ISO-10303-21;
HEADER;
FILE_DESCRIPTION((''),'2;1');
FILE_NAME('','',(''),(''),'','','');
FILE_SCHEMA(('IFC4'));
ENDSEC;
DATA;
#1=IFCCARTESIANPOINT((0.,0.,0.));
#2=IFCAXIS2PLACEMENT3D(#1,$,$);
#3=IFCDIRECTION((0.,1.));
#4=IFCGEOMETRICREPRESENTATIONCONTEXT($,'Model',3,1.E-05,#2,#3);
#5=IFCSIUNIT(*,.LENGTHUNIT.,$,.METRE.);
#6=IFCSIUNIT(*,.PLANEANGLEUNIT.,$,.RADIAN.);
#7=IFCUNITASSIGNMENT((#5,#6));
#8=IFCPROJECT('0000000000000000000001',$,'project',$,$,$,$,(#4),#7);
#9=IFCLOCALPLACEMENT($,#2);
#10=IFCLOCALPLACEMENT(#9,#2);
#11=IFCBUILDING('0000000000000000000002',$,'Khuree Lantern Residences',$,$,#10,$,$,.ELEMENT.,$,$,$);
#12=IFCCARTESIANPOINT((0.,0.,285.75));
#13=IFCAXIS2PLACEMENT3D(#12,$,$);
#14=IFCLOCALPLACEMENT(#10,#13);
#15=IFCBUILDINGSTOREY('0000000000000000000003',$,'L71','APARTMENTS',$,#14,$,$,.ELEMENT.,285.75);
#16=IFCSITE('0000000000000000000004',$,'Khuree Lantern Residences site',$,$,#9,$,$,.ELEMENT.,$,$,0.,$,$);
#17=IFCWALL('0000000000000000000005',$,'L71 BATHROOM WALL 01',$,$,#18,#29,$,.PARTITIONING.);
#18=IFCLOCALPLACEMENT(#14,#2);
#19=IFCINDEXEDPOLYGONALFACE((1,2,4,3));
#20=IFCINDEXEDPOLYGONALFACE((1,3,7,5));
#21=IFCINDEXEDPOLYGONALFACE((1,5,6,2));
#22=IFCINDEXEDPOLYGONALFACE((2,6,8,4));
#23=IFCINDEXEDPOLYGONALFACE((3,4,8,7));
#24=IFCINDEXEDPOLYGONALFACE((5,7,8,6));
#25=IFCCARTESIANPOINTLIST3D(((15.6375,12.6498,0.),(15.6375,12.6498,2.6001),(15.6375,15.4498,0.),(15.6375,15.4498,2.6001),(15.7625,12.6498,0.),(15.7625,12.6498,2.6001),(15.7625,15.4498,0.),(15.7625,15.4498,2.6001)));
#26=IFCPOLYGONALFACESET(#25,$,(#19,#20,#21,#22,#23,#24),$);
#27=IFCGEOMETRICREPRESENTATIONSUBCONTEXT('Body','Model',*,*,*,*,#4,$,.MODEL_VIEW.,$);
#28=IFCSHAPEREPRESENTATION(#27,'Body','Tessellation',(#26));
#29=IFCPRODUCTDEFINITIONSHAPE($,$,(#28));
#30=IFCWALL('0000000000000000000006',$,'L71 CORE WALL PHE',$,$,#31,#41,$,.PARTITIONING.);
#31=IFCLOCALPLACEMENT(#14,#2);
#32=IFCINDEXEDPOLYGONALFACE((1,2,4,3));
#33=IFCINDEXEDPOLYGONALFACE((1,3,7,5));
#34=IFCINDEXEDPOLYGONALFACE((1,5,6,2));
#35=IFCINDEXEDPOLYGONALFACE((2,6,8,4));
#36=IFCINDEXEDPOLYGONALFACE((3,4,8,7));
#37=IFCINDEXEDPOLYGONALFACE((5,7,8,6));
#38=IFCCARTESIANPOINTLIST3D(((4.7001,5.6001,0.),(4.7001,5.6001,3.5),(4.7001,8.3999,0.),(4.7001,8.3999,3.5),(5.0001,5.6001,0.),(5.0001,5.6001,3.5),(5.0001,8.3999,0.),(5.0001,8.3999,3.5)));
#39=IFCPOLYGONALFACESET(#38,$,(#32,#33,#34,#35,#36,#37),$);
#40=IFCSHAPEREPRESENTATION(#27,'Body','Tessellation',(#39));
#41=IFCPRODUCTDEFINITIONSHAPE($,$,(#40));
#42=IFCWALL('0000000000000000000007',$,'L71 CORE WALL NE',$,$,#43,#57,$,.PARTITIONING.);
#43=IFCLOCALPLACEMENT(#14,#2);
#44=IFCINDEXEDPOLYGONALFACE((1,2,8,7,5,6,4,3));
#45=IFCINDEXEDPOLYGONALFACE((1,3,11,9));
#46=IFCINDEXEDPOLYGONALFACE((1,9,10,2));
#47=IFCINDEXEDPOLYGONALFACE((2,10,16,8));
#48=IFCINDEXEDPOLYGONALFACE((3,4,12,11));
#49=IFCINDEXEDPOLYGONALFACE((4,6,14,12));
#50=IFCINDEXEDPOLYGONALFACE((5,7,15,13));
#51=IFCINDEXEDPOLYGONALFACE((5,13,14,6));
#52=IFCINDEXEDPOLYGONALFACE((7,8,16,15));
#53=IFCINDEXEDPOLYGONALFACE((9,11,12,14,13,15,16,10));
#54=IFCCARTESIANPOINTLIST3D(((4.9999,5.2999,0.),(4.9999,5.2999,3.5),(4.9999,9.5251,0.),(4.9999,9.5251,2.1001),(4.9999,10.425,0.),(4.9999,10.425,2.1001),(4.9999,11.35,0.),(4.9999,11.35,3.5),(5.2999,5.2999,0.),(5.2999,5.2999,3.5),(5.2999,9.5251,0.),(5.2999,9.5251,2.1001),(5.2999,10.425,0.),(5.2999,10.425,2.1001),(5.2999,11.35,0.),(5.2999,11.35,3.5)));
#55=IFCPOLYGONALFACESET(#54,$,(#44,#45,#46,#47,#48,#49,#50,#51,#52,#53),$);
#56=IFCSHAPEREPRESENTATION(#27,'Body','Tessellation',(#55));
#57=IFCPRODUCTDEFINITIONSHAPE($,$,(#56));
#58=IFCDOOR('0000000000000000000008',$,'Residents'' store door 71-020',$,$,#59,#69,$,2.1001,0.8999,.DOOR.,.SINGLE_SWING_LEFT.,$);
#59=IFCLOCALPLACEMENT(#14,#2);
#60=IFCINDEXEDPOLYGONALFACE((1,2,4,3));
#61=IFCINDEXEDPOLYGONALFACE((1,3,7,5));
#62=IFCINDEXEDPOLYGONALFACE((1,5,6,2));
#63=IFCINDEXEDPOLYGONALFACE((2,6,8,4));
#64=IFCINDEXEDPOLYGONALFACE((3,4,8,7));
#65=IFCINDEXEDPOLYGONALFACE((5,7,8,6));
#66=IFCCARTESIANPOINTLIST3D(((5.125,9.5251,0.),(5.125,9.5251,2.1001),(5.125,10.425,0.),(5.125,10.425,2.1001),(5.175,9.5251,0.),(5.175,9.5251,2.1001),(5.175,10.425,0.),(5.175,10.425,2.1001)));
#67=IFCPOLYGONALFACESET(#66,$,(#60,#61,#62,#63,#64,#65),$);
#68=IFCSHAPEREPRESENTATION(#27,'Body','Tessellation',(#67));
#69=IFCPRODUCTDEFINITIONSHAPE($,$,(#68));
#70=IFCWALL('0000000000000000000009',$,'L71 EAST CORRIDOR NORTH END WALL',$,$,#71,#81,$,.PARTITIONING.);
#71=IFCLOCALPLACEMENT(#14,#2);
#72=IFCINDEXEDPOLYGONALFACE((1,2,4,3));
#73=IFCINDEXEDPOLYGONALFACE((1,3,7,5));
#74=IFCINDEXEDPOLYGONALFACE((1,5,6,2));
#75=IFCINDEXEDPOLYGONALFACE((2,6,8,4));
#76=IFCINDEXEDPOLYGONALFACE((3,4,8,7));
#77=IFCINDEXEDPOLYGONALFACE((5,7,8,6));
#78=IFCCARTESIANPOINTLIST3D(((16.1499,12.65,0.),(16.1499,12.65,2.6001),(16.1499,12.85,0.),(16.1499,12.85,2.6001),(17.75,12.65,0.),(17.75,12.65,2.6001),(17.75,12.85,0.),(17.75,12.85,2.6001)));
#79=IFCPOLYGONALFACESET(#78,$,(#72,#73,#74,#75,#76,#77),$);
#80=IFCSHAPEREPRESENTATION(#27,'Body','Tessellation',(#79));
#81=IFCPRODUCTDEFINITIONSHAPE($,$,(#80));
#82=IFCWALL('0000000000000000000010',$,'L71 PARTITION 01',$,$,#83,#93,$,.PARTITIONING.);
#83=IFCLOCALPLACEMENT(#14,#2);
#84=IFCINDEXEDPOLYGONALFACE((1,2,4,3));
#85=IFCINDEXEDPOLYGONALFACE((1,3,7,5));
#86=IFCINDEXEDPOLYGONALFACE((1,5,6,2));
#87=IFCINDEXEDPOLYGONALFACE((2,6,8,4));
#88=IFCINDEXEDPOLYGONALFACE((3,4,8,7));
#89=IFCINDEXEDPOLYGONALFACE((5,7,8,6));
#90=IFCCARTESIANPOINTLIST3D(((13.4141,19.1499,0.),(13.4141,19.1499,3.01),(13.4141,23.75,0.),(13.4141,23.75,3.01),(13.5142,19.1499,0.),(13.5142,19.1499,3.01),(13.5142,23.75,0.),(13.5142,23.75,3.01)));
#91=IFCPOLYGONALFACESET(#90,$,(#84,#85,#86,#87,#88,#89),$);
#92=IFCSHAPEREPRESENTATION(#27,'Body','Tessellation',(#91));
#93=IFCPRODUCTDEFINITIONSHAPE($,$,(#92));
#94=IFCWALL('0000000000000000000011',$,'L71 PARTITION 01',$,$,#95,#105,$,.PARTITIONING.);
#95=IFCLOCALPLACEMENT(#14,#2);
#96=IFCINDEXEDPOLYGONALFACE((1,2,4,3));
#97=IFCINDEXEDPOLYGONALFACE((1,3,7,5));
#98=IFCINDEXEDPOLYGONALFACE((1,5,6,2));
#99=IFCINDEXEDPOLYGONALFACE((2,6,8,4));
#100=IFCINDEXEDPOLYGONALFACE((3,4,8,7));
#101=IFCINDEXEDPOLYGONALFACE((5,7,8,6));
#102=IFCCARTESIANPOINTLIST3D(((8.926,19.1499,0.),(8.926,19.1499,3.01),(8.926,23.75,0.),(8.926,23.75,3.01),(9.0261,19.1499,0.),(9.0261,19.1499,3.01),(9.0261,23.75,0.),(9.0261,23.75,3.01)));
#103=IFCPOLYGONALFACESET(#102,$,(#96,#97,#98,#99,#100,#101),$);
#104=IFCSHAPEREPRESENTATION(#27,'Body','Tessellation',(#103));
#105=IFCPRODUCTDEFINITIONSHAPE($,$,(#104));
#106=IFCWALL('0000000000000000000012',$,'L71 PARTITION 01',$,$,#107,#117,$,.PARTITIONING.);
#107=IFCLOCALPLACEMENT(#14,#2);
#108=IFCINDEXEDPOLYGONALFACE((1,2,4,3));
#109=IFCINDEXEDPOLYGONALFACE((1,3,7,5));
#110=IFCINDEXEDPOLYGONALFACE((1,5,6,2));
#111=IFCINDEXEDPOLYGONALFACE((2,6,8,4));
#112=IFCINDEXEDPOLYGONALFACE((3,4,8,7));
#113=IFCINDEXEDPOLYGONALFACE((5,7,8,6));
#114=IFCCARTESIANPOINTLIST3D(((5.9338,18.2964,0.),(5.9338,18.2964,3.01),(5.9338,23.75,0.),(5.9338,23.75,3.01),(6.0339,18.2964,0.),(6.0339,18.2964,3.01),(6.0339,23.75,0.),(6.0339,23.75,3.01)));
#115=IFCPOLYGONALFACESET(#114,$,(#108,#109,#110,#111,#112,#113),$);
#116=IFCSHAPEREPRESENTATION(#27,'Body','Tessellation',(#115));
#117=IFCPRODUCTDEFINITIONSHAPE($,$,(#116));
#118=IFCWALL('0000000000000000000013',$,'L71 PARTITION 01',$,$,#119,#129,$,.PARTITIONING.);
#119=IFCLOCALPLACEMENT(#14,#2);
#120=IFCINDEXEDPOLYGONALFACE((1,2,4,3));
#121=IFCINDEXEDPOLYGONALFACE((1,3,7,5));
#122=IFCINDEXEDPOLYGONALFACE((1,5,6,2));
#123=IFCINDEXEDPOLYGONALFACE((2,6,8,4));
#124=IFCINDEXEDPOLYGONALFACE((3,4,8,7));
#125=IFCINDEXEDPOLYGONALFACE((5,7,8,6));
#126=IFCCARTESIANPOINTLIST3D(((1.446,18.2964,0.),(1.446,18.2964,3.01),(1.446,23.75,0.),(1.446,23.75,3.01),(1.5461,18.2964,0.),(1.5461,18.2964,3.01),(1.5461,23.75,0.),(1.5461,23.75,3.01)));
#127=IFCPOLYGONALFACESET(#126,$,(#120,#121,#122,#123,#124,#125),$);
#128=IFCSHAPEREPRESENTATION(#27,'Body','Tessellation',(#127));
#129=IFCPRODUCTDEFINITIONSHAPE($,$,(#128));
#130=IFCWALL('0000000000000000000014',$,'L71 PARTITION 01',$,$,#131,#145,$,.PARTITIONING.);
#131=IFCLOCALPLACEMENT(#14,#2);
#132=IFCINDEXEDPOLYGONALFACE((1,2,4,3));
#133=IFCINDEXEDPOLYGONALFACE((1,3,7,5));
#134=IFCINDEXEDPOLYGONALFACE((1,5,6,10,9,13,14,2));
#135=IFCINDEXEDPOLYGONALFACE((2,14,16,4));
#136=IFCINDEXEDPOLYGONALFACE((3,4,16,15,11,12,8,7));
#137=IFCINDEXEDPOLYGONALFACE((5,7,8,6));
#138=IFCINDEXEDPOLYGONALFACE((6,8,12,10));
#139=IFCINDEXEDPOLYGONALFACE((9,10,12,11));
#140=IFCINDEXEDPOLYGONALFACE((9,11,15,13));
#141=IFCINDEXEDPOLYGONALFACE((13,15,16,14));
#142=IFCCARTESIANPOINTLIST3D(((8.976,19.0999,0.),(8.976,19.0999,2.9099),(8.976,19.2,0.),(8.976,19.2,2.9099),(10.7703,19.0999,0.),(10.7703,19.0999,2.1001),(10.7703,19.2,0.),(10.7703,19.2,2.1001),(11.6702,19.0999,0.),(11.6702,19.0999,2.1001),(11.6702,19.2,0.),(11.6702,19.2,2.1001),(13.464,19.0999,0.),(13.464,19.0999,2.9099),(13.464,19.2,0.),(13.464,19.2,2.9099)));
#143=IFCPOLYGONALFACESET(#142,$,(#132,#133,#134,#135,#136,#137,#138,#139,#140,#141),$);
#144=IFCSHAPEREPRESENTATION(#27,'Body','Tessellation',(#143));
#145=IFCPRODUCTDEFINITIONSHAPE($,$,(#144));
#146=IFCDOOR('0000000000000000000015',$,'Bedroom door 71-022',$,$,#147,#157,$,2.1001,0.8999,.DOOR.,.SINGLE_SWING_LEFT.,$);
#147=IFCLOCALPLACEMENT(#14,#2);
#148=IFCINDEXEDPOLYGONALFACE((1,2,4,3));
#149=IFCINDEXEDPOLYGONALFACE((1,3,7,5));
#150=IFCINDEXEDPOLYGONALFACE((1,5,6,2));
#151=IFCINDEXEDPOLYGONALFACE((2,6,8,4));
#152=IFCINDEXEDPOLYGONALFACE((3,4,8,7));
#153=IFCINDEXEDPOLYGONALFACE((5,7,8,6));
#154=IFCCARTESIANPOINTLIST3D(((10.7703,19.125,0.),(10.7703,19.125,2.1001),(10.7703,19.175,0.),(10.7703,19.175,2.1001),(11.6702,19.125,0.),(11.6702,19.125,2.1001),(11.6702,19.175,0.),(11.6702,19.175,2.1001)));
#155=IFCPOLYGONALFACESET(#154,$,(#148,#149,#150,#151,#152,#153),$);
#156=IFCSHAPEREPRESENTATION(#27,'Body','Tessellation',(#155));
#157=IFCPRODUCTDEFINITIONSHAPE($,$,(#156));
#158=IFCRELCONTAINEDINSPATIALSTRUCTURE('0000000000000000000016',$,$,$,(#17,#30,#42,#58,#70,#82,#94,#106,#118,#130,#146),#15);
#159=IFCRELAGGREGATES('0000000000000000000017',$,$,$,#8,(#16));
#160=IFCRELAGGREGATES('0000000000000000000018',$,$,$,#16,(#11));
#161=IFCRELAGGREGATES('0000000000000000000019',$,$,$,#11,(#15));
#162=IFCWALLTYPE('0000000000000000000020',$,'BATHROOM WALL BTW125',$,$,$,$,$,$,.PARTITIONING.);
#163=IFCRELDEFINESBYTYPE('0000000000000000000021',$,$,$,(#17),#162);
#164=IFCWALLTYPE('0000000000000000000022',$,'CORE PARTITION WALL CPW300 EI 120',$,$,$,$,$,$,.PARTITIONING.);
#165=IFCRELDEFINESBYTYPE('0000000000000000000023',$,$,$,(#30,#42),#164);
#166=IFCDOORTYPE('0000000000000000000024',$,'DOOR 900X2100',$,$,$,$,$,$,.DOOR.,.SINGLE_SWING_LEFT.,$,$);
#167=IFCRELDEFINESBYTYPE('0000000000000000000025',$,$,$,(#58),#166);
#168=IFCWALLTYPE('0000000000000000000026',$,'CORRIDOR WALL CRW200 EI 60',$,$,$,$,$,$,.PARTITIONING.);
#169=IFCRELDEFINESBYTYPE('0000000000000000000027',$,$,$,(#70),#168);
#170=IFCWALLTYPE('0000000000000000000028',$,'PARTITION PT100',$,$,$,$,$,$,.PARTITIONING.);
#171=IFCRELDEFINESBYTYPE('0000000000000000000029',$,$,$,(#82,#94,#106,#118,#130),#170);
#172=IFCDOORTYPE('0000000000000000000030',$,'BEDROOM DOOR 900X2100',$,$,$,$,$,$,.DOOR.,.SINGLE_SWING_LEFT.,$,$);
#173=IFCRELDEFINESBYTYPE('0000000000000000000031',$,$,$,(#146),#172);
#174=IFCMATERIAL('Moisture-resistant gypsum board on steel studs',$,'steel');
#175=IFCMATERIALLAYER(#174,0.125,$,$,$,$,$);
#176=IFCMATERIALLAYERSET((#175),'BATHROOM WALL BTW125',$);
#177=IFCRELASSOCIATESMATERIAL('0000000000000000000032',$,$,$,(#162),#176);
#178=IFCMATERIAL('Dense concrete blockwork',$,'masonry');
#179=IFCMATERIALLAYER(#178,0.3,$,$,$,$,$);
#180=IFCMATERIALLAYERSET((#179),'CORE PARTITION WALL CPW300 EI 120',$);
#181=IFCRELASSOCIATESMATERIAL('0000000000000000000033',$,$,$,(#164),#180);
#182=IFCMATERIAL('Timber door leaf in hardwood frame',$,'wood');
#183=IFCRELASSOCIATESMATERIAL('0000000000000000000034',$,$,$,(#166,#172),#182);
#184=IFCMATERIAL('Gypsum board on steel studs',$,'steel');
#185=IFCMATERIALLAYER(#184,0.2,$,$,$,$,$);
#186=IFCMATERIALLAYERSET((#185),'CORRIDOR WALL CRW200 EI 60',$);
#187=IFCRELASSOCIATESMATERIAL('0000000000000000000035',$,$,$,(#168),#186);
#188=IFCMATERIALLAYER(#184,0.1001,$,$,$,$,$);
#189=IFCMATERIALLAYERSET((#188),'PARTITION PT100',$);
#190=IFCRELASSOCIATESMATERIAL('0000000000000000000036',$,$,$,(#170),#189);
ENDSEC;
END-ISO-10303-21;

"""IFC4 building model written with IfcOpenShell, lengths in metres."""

from ifc_helpers import new_model, si_unit, direction, frame, frame_2d, origin, place, context, subcontext, project, spatial, rectangle, extrude, material, layer, layer_set, type_object, element, fill, save


model = new_model("IFC4")

# Units and contexts
model_context = context("Model", 3, precision=1e-05, world=origin(), true_north=direction((0.0, 1.0)))
body_context = subcontext(model_context, "Body", "Model", "MODEL_VIEW")
ifc_project = project(units=[si_unit("LENGTHUNIT", "METRE"), si_unit("PLANEANGLEUNIT", "RADIAN")], contexts=[model_context])

# Site, building, storey
site_placement = place(None, origin())
site = spatial("IfcSite", under=ifc_project, at=site_placement, Name="Khuree Lantern Residences site", CompositionType="ELEMENT", RefElevation=0.0)
building_placement = place(site_placement, origin())
building = spatial("IfcBuilding", under=site, at=building_placement, Name="Khuree Lantern Residences", CompositionType="ELEMENT")
storey_placement = place(building_placement, frame((0.0, 0.0, 285.75)))
storey = spatial("IfcBuildingStorey", under=building, at=storey_placement, Name="L71", Description="APARTMENTS", CompositionType="ELEMENT", Elevation=285.75)

# Walls
ifc_material_1 = material(Name="Moisture-resistant gypsum board on steel studs", Category="steel")
ifc_layer_1 = layer(ifc_material_1, 0.125)
ifc_layer_set_1 = layer_set([ifc_layer_1], Name="BATHROOM WALL BTW125")
wall_type_1 = type_object("IfcWallType", Name="BATHROOM WALL BTW125", PredefinedType="PARTITIONING", material=ifc_layer_set_1)
wall_1_placement = place(storey_placement, frame((15.7, 12.6499, 0.0), z_axis=(0.0, 0.0, 1.0), x_axis=(0.0, 1.0, 0.0)))
element("IfcWall", 1, at=wall_1_placement, inside=storey, type_object=wall_type_1, Name="L71 BATHROOM WALL 01", PredefinedType="PARTITIONING", context=body_context, shape_type="SweptSolid", body=[
    extrude(rectangle(XDim=2.8, YDim=0.125, at=frame_2d((1.3999, 0.0))), origin(), (0.0, 0.0, 1.0), 2.6001),
])
ifc_material_2 = material(Name="Dense concrete blockwork", Category="masonry")
ifc_layer_2 = layer(ifc_material_2, 0.3)
ifc_layer_set_2 = layer_set([ifc_layer_2], Name="CORE PARTITION WALL CPW300 EI 120")
wall_type_2 = type_object("IfcWallType", Name="CORE PARTITION WALL CPW300 EI 120", PredefinedType="PARTITIONING", material=ifc_layer_set_2)
wall_2_placement = place(storey_placement, frame((4.8501, 5.6001, 0.0), z_axis=(0.0, 0.0, 1.0), x_axis=(0.0, 1.0, 0.0)))
element("IfcWall", 2, at=wall_2_placement, inside=storey, type_object=wall_type_2, Name="L71 CORE WALL PHE", PredefinedType="PARTITIONING", context=body_context, shape_type="SweptSolid", body=[
    extrude(rectangle(XDim=2.7998, YDim=0.3, at=frame_2d((1.3999, 0.0))), origin(), (0.0, 0.0, 1.0), 3.5),
])

# Wall, opening, door
wall_3_placement = place(storey_placement, frame((5.1499, 5.3, 0.0), z_axis=(0.0, 0.0, 1.0), x_axis=(0.0, 1.0, 0.0)))
wall_3 = element("IfcWall", 3, at=wall_3_placement, inside=storey, type_object=wall_type_2, Name="L71 CORE WALL NE", PredefinedType="PARTITIONING", context=body_context, shape_type="SweptSolid", body=[
    extrude(rectangle(XDim=6.05, YDim=0.3, at=frame_2d((3.0249, 0.0))), origin(), (0.0, 0.0, 1.0), 3.5),
])
opening_1_placement = place(wall_3_placement, frame((4.2251, 0.0, 0.0)))
opening_1 = element("IfcOpeningElement", 4, at=opening_1_placement, cuts=wall_3, PredefinedType="OPENING", context=body_context, shape_type="SweptSolid", body=[
    extrude(rectangle(XDim=0.8999, YDim=2.1001, at=frame_2d((0.45, 1.05))), frame((0.0, 0.1602, 0.0), z_axis=(0.0, -1.0, 0.0), x_axis=(1.0, 0.0, 0.0)), (0.0, 0.0, 1.0), 0.3201),
])
ifc_material_3 = material(Name="Timber door leaf in hardwood frame", Category="wood")
door_type_1 = type_object("IfcDoorType", Name="DOOR 900X2100", OperationType="SINGLE_SWING_LEFT", PredefinedType="DOOR", material=ifc_material_3)
door_1_placement = place(opening_1_placement, origin())
door_1 = element("IfcDoor", 5, at=door_1_placement, inside=storey, type_object=door_type_1, Name="Residents' store door 71-020", OperationType="SINGLE_SWING_LEFT", OverallHeight=2.1001, OverallWidth=0.8999, PredefinedType="DOOR", context=body_context, shape_type="SweptSolid", body=[
    extrude(rectangle(XDim=0.8999, YDim=2.1001, at=frame_2d((0.45, 1.05))), frame((0.0, 0.0249, 0.0), z_axis=(0.0, -1.0, 0.0), x_axis=(1.0, 0.0, 0.0)), (0.0, 0.0, 1.0), 0.05),
])
fill(opening_1, door_1)

# Walls
ifc_material_4 = material(Name="Gypsum board on steel studs", Category="steel")
ifc_layer_3 = layer(ifc_material_4, 0.2)
ifc_layer_set_3 = layer_set([ifc_layer_3], Name="CORRIDOR WALL CRW200 EI 60")
wall_type_3 = type_object("IfcWallType", Name="CORRIDOR WALL CRW200 EI 60", PredefinedType="PARTITIONING", material=ifc_layer_set_3)
wall_4_placement = place(storey_placement, frame((16.1499, 12.75, 0.0), z_axis=(0.0, 0.0, 1.0), x_axis=(1.0, 0.0, 0.0)))
element("IfcWall", 6, at=wall_4_placement, inside=storey, type_object=wall_type_3, Name="L71 EAST CORRIDOR NORTH END WALL", PredefinedType="PARTITIONING", context=body_context, shape_type="SweptSolid", body=[
    extrude(rectangle(XDim=1.6001, YDim=0.2, at=frame_2d((0.8, 0.0))), origin(), (0.0, 0.0, 1.0), 2.6001),
])
ifc_layer_4 = layer(ifc_material_4, 0.1001)
ifc_layer_set_4 = layer_set([ifc_layer_4], Name="PARTITION PT100")
wall_type_4 = type_object("IfcWallType", Name="PARTITION PT100", PredefinedType="PARTITIONING", material=ifc_layer_set_4)
for number, where, z_axis, x_axis, name in (
    (7, (13.4641, 19.1499, 0.0), (0.0, 0.0, 1.0), (0.0, 1.0, 0.0), "L71 PARTITION 01"),
    (8, (8.9761, 19.1499, 0.0), (0.0, 0.0, 1.0), (0.0, 1.0, 0.0), "L71 PARTITION 01"),
):
    element("IfcWall", number, at=place(storey_placement, frame(where, z_axis=z_axis, x_axis=x_axis)), inside=storey, type_object=wall_type_4, Name=name, PredefinedType="PARTITIONING", context=body_context, shape_type="SweptSolid", body=[
        extrude(rectangle(XDim=4.6001, YDim=0.1001, at=frame_2d((2.3, 0.0))), origin(), (0.0, 0.0, 1.0), 3.01),
    ])
for number, where, z_axis, x_axis, name in (
    (9, (5.9839, 18.2964, 0.0), (0.0, 0.0, 1.0), (0.0, 1.0, 0.0), "L71 PARTITION 01"),
    (10, (1.4961, 18.2964, 0.0), (0.0, 0.0, 1.0), (0.0, 1.0, 0.0), "L71 PARTITION 01"),
):
    element("IfcWall", number, at=place(storey_placement, frame(where, z_axis=z_axis, x_axis=x_axis)), inside=storey, type_object=wall_type_4, Name=name, PredefinedType="PARTITIONING", context=body_context, shape_type="SweptSolid", body=[
        extrude(rectangle(XDim=5.4536, YDim=0.1001, at=frame_2d((2.7268, 0.0))), origin(), (0.0, 0.0, 1.0), 3.01),
    ])

# Wall, opening, door
wall_5_placement = place(storey_placement, frame((13.4641, 19.1499, 0.0), z_axis=(0.0, 0.0, 1.0), x_axis=(-1.0, 0.0, 0.0)))
wall_5 = element("IfcWall", 11, at=wall_5_placement, inside=storey, type_object=wall_type_4, Name="L71 PARTITION 01", PredefinedType="PARTITIONING", context=body_context, shape_type="SweptSolid", body=[
    extrude(rectangle(XDim=4.488, YDim=0.1001, at=frame_2d((2.2441, 0.0))), origin(), (0.0, 0.0, 1.0), 2.9099),
])
opening_2_placement = place(wall_5_placement, frame((1.7939, 0.0, 0.0)))
opening_2 = element("IfcOpeningElement", 12, at=opening_2_placement, cuts=wall_5, PredefinedType="OPENING", context=body_context, shape_type="SweptSolid", body=[
    extrude(rectangle(XDim=0.8999, YDim=2.1001, at=frame_2d((0.45, 1.05))), frame((0.0, 0.0601, 0.0), z_axis=(0.0, -1.0, 0.0), x_axis=(1.0, 0.0, 0.0)), (0.0, 0.0, 1.0), 0.1201),
])
door_type_2 = type_object("IfcDoorType", Name="BEDROOM DOOR 900X2100", OperationType="SINGLE_SWING_LEFT", PredefinedType="DOOR", material=ifc_material_3)
door_2_placement = place(opening_2_placement, origin())
door_2 = element("IfcDoor", 13, at=door_2_placement, inside=storey, type_object=door_type_2, Name="Bedroom door 71-022", OperationType="SINGLE_SWING_LEFT", OverallHeight=2.1001, OverallWidth=0.8999, PredefinedType="DOOR", context=body_context, shape_type="SweptSolid", body=[
    extrude(rectangle(XDim=0.8999, YDim=2.1001, at=frame_2d((0.45, 1.05))), frame((0.0, 0.0249, 0.0), z_axis=(0.0, -1.0, 0.0), x_axis=(1.0, 0.0, 0.0)), (0.0, 0.0, 1.0), 0.05),
])
fill(opening_2, door_2)

save(model, "model.ifc")
